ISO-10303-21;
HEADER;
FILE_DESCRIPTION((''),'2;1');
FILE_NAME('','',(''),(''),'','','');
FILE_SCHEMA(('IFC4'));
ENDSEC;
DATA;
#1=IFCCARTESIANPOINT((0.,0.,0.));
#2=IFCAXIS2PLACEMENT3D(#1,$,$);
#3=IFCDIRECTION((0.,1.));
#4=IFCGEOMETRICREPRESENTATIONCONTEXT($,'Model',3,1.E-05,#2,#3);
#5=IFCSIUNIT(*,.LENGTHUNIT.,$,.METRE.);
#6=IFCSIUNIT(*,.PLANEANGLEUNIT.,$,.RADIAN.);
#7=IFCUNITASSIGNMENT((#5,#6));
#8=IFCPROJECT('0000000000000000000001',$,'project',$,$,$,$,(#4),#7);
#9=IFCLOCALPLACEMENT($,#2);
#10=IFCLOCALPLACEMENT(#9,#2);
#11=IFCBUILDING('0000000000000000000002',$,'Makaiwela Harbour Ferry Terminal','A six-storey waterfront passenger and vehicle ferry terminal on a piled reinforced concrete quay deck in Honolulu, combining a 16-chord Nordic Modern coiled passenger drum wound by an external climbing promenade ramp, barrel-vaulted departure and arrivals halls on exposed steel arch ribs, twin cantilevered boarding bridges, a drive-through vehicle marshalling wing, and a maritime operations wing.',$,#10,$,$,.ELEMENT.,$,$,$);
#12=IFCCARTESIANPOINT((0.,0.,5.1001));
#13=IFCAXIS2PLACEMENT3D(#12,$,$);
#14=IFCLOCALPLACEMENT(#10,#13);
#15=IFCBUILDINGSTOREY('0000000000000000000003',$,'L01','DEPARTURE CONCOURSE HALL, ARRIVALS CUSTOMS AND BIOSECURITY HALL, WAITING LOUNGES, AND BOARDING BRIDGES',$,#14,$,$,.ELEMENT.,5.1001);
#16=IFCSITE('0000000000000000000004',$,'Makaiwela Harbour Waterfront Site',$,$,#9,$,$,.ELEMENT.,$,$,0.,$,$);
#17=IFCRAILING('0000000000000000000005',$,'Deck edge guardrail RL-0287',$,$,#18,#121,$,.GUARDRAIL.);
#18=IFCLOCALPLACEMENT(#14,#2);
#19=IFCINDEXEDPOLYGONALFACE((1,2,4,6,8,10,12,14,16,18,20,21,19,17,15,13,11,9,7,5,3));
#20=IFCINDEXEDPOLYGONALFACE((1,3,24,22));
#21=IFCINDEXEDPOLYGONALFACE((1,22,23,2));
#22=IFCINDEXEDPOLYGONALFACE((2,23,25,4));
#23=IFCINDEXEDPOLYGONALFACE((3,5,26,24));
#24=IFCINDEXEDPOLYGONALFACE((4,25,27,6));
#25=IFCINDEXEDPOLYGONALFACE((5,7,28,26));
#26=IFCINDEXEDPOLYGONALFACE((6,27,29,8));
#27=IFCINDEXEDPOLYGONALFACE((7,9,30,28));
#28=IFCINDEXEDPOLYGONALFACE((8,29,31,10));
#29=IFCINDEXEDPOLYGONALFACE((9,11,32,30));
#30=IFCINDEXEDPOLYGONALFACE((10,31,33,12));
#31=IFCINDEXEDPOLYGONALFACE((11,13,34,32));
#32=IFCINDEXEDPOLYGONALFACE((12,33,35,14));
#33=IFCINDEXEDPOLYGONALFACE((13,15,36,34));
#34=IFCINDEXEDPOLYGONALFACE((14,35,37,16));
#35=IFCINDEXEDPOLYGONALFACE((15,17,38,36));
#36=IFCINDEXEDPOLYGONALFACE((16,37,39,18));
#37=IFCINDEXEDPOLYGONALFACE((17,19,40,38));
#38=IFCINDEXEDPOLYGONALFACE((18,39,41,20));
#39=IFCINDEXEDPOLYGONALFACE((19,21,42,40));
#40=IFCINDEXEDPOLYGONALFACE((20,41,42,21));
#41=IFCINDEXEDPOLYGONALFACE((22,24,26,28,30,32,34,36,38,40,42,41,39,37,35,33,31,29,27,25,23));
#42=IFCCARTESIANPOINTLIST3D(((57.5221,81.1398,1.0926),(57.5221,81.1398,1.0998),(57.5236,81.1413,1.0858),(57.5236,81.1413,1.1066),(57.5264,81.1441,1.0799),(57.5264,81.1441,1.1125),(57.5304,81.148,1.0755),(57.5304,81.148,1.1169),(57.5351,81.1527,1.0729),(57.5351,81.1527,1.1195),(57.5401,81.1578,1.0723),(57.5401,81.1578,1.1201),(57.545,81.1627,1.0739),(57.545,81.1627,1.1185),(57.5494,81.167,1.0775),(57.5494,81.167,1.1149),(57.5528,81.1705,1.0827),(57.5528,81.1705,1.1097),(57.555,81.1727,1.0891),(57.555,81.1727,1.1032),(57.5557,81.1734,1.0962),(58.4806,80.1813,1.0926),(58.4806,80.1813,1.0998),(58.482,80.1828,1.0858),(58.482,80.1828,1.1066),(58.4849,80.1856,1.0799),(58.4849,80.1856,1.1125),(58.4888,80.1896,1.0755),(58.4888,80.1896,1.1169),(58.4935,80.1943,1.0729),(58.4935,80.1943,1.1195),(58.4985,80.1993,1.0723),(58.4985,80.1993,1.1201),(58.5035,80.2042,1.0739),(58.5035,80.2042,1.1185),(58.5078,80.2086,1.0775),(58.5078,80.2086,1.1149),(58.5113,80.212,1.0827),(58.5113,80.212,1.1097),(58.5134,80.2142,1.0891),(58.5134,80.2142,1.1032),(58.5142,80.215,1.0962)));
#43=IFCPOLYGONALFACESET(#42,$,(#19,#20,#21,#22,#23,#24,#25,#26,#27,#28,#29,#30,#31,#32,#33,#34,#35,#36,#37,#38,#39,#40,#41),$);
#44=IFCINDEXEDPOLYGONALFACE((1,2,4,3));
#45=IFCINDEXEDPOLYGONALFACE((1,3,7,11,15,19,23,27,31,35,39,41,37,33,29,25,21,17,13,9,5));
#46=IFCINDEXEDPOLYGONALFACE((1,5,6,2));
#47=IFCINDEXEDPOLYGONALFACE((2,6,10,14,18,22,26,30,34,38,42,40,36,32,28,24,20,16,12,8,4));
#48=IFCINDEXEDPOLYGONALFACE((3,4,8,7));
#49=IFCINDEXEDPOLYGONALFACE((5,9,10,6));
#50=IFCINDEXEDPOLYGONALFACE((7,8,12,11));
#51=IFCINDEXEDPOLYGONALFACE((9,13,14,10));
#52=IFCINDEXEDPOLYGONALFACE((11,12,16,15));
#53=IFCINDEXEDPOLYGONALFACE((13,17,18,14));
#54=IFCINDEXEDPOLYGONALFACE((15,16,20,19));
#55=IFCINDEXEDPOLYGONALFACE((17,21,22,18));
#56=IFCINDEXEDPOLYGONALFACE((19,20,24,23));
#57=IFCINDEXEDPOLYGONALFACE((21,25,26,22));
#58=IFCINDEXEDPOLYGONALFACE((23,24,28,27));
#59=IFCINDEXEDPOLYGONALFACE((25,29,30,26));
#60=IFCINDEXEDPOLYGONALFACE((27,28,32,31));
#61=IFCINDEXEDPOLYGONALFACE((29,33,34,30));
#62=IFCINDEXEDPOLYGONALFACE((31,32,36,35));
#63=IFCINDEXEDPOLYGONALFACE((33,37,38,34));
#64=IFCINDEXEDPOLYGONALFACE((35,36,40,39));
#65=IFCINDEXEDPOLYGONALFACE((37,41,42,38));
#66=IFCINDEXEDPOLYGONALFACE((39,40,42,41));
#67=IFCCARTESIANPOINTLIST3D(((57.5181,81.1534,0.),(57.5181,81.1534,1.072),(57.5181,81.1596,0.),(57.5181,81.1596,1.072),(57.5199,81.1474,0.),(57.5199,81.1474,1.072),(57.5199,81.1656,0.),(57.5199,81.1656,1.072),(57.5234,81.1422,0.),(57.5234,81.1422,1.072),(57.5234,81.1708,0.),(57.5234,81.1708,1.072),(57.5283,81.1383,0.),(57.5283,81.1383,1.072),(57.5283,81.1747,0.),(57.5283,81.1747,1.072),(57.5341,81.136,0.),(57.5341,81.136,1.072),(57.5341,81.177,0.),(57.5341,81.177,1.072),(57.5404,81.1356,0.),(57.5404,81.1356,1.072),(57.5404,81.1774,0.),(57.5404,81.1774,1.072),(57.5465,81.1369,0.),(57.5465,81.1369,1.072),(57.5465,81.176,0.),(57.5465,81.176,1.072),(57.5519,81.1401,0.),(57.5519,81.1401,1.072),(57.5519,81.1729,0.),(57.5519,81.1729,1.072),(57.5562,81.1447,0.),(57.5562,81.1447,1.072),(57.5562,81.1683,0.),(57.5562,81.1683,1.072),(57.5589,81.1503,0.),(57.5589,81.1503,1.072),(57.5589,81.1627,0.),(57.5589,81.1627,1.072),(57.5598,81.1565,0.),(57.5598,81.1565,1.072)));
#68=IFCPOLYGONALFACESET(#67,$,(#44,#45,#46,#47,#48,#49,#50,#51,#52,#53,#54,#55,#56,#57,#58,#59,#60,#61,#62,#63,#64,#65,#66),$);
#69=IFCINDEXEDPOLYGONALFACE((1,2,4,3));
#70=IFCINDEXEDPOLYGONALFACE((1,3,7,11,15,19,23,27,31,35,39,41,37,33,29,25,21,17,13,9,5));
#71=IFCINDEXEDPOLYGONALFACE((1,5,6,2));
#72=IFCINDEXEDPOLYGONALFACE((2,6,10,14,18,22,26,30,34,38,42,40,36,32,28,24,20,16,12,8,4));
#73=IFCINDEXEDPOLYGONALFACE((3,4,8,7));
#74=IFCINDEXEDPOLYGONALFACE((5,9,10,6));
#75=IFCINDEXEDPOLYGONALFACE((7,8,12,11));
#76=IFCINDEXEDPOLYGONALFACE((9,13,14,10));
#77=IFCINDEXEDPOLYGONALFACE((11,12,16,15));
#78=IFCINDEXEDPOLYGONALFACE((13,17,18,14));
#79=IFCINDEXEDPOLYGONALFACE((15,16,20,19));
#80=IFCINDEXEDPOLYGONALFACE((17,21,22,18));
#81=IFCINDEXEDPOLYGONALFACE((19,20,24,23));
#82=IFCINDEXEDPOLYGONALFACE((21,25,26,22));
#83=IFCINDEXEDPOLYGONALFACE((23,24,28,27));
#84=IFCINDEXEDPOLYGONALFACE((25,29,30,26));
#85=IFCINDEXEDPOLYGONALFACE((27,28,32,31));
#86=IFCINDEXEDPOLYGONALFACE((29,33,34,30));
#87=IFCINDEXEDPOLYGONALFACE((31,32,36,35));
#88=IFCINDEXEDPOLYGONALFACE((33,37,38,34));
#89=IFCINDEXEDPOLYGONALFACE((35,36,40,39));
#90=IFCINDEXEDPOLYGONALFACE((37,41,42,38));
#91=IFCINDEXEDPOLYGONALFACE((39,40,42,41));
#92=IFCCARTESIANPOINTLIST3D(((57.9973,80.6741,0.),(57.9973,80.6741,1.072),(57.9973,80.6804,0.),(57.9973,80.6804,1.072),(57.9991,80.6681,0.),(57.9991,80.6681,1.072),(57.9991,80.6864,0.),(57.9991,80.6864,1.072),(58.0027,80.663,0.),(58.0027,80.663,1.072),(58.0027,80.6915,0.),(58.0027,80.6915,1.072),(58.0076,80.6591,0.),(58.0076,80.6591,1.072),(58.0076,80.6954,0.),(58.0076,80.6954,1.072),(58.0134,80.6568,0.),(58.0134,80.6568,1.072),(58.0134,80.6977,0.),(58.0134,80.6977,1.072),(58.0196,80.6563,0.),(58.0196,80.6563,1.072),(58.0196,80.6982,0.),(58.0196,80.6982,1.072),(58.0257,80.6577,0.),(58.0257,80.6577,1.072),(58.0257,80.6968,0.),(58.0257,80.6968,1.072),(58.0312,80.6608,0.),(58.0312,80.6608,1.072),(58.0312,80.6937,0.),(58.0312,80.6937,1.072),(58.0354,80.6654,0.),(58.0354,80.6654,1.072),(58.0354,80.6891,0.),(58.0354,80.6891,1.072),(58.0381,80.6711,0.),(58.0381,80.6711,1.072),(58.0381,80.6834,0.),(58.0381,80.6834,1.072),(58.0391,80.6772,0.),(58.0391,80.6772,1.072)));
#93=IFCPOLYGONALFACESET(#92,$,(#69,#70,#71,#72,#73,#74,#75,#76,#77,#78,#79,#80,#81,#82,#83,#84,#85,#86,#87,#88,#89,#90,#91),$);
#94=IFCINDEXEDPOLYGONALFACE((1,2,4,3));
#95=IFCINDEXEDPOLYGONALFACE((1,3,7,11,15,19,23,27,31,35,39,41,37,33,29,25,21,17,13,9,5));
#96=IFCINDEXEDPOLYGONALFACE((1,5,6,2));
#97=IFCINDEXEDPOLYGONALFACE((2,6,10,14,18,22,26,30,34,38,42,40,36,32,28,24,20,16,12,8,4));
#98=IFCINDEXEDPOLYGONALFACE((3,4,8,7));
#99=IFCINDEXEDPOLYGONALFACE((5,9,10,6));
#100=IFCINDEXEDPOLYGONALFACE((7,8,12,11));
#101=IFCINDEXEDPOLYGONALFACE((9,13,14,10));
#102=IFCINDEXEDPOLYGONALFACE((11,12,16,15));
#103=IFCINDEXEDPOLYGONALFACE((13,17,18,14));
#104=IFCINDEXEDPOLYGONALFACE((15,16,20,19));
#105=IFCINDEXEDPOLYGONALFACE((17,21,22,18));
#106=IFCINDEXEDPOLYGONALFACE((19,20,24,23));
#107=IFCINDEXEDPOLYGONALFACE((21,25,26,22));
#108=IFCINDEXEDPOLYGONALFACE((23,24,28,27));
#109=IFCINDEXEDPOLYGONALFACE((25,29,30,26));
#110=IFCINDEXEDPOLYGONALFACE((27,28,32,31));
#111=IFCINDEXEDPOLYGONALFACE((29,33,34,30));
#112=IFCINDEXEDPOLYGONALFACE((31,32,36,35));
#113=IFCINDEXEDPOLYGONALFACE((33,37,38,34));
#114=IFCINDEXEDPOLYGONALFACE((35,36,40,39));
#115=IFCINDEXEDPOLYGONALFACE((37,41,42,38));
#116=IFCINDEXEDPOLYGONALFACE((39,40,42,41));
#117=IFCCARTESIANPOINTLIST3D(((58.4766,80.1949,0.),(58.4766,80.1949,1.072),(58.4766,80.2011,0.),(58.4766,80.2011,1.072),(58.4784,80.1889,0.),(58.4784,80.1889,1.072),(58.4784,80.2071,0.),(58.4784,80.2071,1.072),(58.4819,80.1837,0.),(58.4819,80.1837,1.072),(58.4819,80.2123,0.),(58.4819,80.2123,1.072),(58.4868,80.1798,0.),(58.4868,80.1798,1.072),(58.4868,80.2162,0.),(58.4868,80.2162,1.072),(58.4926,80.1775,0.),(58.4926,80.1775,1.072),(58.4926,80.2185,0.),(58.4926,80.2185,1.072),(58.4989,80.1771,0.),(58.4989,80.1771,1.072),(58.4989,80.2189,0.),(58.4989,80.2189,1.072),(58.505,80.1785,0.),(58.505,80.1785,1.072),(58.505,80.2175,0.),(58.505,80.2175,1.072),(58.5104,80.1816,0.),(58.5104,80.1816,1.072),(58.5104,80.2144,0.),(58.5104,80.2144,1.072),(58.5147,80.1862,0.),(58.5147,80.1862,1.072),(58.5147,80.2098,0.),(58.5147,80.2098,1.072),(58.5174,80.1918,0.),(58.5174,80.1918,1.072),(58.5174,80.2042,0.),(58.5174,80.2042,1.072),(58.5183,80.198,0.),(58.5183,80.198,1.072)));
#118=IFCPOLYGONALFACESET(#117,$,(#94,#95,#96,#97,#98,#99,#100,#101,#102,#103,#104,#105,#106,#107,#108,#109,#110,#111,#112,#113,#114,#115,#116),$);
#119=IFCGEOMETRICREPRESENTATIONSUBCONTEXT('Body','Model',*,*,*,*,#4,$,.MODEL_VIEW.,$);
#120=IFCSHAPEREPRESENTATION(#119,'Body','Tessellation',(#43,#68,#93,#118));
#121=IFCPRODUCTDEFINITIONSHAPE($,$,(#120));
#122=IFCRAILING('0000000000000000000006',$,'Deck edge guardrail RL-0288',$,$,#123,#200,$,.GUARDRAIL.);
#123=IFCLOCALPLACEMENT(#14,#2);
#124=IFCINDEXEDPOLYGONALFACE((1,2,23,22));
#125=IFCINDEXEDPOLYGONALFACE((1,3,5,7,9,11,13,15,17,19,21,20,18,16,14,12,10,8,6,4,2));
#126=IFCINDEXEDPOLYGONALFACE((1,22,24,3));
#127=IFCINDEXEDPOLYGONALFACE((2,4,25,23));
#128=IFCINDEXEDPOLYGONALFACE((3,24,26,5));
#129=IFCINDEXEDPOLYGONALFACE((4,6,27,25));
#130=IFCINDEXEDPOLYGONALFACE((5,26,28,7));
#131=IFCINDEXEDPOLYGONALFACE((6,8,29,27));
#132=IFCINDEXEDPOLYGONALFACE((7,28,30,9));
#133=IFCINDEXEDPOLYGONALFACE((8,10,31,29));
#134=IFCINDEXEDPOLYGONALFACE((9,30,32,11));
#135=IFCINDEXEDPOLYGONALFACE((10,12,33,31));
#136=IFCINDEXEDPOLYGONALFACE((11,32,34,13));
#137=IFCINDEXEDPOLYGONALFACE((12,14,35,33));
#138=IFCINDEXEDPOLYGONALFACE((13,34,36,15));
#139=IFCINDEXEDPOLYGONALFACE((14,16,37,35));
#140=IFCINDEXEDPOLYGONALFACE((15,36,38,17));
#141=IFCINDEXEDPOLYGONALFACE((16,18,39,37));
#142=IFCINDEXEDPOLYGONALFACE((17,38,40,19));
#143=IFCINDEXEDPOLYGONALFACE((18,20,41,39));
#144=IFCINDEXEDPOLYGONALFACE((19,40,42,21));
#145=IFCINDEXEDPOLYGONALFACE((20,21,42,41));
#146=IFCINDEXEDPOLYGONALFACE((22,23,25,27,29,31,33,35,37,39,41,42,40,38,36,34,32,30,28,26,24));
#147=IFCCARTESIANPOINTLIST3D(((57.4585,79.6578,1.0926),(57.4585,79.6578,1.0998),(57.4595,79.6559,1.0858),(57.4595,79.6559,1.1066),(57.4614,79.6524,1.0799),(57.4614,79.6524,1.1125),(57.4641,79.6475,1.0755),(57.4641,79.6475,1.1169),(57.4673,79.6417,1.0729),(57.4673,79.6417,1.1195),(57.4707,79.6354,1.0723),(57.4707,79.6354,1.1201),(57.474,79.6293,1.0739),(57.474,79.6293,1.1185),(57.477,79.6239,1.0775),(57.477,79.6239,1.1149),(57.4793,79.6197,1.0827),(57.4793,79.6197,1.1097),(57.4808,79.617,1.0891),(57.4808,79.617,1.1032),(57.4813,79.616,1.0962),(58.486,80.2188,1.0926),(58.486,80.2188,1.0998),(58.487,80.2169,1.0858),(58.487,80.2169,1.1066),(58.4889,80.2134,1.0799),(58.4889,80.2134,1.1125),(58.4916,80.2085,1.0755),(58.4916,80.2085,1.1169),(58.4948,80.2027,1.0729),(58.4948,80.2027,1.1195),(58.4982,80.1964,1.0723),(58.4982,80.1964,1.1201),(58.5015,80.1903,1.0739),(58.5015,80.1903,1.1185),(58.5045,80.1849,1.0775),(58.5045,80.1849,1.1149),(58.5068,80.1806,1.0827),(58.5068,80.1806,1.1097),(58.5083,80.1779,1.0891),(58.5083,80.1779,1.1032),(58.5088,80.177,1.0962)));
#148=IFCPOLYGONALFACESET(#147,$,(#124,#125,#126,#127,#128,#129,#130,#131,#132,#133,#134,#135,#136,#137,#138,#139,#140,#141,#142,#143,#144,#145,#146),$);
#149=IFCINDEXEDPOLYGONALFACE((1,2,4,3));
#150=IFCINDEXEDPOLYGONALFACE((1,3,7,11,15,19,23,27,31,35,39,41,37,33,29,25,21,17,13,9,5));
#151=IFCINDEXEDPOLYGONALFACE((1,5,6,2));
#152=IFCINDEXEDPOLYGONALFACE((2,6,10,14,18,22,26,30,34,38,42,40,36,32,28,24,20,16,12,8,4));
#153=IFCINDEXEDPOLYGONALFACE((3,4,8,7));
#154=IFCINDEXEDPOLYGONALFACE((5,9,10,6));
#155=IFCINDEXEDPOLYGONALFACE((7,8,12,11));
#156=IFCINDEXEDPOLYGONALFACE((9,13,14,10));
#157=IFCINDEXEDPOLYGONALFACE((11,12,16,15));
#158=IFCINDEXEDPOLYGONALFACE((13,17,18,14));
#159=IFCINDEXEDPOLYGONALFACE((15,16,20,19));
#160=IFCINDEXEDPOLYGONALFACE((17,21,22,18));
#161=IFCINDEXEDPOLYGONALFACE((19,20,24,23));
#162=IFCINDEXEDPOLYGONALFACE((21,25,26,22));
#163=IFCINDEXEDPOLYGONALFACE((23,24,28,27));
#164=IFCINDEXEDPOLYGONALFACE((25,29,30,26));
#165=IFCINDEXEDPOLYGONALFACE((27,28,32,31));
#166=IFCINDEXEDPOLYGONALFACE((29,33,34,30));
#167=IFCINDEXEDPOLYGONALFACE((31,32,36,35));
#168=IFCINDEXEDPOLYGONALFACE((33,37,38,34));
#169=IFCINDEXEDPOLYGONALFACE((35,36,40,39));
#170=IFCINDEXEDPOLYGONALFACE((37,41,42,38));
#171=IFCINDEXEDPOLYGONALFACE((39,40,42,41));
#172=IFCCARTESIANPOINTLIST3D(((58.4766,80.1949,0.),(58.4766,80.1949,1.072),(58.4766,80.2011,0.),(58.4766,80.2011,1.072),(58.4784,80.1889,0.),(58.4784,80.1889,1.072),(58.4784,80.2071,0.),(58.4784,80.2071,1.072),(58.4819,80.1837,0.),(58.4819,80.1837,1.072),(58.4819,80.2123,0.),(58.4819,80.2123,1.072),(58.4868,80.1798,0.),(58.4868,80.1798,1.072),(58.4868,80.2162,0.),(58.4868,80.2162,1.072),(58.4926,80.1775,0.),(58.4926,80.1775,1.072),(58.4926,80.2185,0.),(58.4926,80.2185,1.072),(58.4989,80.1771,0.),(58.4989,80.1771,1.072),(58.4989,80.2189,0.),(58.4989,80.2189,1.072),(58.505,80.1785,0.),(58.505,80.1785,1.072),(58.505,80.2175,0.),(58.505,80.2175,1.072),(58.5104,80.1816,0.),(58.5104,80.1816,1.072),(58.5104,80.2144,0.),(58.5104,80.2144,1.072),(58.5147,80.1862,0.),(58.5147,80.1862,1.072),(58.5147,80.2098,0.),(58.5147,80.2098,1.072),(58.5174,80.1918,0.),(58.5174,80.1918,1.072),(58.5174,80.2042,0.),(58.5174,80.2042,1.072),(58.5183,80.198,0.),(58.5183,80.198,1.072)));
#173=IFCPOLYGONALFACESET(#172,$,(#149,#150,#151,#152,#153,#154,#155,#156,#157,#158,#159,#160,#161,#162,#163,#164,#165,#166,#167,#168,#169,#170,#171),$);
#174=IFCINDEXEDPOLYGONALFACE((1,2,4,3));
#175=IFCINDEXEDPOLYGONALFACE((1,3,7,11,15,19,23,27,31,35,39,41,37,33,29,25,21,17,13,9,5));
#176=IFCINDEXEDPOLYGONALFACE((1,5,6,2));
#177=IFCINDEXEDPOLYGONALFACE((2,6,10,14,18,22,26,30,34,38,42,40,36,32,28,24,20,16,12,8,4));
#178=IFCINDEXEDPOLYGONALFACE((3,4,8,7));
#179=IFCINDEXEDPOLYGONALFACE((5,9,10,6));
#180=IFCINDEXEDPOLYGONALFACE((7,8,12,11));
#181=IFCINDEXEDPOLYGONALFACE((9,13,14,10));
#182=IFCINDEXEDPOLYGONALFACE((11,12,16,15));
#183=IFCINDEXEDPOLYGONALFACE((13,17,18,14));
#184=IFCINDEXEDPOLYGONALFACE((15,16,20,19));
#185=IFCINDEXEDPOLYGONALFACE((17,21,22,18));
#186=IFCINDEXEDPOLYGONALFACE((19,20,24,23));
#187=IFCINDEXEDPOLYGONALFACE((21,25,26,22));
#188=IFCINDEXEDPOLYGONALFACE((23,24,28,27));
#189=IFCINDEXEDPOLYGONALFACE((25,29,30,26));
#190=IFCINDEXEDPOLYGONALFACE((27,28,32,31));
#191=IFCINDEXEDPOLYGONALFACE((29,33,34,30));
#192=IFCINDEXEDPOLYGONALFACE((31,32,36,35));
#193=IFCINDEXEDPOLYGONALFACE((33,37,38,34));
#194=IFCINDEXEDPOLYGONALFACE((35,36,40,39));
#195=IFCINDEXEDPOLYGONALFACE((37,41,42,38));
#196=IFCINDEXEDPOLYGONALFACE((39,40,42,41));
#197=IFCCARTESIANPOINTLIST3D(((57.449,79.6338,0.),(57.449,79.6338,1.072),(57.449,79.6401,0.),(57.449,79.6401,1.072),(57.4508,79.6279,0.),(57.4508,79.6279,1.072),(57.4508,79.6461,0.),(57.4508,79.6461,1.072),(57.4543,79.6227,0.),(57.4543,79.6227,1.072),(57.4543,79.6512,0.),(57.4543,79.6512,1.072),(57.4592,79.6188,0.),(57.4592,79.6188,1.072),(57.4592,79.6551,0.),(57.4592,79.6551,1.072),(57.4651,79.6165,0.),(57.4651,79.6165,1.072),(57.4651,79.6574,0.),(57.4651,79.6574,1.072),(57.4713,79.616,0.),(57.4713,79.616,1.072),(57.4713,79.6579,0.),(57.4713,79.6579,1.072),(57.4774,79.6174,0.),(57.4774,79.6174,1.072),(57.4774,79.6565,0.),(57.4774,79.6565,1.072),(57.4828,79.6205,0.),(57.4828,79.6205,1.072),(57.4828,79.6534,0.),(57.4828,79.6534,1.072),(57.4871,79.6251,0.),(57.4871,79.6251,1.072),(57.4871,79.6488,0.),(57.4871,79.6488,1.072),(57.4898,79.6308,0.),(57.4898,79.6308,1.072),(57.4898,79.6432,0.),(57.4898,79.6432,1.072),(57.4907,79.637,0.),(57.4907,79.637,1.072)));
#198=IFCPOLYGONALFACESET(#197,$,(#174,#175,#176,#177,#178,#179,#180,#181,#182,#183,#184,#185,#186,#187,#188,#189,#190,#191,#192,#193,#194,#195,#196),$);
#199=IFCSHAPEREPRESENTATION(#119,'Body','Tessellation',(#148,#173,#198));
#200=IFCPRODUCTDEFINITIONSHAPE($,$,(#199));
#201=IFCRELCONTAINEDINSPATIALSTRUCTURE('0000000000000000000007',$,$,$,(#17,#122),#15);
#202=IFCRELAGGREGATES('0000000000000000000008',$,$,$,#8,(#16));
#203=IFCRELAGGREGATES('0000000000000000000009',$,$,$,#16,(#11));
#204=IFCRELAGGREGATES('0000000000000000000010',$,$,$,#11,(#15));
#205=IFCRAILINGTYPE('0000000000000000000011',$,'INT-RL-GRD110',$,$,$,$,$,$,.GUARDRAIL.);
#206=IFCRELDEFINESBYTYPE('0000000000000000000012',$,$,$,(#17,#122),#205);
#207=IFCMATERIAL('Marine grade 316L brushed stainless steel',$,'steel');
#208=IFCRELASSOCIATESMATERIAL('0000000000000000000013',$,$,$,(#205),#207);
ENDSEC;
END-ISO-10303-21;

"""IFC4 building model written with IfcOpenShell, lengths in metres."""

from ifc_helpers import new_model, si_unit, direction, frame, origin, origin_2d, place, context, subcontext, project, spatial, circle, extrude, material, type_object, element, save


model = new_model("IFC4")

# Units and contexts
model_context = context("Model", 3, precision=1e-05, world=origin(), true_north=direction((0.0, 1.0)))
body_context = subcontext(model_context, "Body", "Model", "MODEL_VIEW")
ifc_project = project(units=[si_unit("LENGTHUNIT", "METRE"), si_unit("PLANEANGLEUNIT", "RADIAN")], contexts=[model_context])

# Site, building, storey
site_placement = place(None, origin())
site = spatial("IfcSite", under=ifc_project, at=site_placement, Name="Makaiwela Harbour Waterfront Site", CompositionType="ELEMENT", RefElevation=0.0)
building_placement = place(site_placement, origin())
building = spatial("IfcBuilding", under=site, at=building_placement, Name="Makaiwela Harbour Ferry Terminal", Description="A six-storey waterfront passenger and vehicle ferry terminal on a piled reinforced concrete quay deck in Honolulu, combining a 16-chord Nordic Modern coiled passenger drum wound by an external climbing promenade ramp, barrel-vaulted departure and arrivals halls on exposed steel arch ribs, twin cantilevered boarding bridges, a drive-through vehicle marshalling wing, and a maritime operations wing.", CompositionType="ELEMENT")
storey_placement = place(building_placement, frame((0.0, 0.0, 5.1001)))
storey = spatial("IfcBuildingStorey", under=building, at=storey_placement, Name="L01", Description="DEPARTURE CONCOURSE HALL, ARRIVALS CUSTOMS AND BIOSECURITY HALL, WAITING LOUNGES, AND BOARDING BRIDGES", CompositionType="ELEMENT", Elevation=5.1001)

# Railings
ifc_material_1 = material(Name="Marine grade 316L brushed stainless steel", Category="steel")
railing_type_1 = type_object("IfcRailingType", Name="INT-RL-GRD110", PredefinedType="GUARDRAIL", material=ifc_material_1)
railing_1_placement = place(storey_placement, frame((57.5388, 81.1565, 0.0)))
element("IfcRailing", 1, at=railing_1_placement, inside=storey, type_object=railing_type_1, Name="Deck edge guardrail RL-0287", PredefinedType="GUARDRAIL", context=body_context, shape_type="SweptSolid", body=[
    extrude(circle(Radius=0.0239, at=origin_2d()), frame((0.0, 0.0, 1.0962), z_axis=(0.707107, -0.707107, 0.0), x_axis=(0.707107, 0.707107, 0.0)), (0.0, 0.0, 1.0), 1.3555),
    extrude(circle(Radius=0.021, at=origin_2d()), origin(), (0.0, 0.0, 1.0), 1.072),
    extrude(circle(Radius=0.021, at=origin_2d()), frame((0.4792, -0.4792, 0.0)), (0.0, 0.0, 1.0), 1.072),
    extrude(circle(Radius=0.021, at=origin_2d()), frame((0.9585, -0.9585, 0.0)), (0.0, 0.0, 1.0), 1.072),
])
railing_2_placement = place(storey_placement, frame((58.4973, 80.198, 0.0)))
element("IfcRailing", 2, at=railing_2_placement, inside=storey, type_object=railing_type_1, Name="Deck edge guardrail RL-0288", PredefinedType="GUARDRAIL", context=body_context, shape_type="SweptSolid", body=[
    extrude(circle(Radius=0.0239, at=origin_2d()), frame((0.0, 0.0, 1.0962), z_axis=(-0.877704, -0.479203, 0.0), x_axis=(0.479203, -0.877704, 0.0)), (0.0, 0.0, 1.0), 1.1707),
    extrude(circle(Radius=0.021, at=origin_2d()), origin(), (0.0, 0.0, 1.0), 1.072),
    extrude(circle(Radius=0.021, at=origin_2d()), frame((-1.0276, -0.561, 0.0)), (0.0, 0.0, 1.0), 1.072),
])

save(model, "model.ifc")
